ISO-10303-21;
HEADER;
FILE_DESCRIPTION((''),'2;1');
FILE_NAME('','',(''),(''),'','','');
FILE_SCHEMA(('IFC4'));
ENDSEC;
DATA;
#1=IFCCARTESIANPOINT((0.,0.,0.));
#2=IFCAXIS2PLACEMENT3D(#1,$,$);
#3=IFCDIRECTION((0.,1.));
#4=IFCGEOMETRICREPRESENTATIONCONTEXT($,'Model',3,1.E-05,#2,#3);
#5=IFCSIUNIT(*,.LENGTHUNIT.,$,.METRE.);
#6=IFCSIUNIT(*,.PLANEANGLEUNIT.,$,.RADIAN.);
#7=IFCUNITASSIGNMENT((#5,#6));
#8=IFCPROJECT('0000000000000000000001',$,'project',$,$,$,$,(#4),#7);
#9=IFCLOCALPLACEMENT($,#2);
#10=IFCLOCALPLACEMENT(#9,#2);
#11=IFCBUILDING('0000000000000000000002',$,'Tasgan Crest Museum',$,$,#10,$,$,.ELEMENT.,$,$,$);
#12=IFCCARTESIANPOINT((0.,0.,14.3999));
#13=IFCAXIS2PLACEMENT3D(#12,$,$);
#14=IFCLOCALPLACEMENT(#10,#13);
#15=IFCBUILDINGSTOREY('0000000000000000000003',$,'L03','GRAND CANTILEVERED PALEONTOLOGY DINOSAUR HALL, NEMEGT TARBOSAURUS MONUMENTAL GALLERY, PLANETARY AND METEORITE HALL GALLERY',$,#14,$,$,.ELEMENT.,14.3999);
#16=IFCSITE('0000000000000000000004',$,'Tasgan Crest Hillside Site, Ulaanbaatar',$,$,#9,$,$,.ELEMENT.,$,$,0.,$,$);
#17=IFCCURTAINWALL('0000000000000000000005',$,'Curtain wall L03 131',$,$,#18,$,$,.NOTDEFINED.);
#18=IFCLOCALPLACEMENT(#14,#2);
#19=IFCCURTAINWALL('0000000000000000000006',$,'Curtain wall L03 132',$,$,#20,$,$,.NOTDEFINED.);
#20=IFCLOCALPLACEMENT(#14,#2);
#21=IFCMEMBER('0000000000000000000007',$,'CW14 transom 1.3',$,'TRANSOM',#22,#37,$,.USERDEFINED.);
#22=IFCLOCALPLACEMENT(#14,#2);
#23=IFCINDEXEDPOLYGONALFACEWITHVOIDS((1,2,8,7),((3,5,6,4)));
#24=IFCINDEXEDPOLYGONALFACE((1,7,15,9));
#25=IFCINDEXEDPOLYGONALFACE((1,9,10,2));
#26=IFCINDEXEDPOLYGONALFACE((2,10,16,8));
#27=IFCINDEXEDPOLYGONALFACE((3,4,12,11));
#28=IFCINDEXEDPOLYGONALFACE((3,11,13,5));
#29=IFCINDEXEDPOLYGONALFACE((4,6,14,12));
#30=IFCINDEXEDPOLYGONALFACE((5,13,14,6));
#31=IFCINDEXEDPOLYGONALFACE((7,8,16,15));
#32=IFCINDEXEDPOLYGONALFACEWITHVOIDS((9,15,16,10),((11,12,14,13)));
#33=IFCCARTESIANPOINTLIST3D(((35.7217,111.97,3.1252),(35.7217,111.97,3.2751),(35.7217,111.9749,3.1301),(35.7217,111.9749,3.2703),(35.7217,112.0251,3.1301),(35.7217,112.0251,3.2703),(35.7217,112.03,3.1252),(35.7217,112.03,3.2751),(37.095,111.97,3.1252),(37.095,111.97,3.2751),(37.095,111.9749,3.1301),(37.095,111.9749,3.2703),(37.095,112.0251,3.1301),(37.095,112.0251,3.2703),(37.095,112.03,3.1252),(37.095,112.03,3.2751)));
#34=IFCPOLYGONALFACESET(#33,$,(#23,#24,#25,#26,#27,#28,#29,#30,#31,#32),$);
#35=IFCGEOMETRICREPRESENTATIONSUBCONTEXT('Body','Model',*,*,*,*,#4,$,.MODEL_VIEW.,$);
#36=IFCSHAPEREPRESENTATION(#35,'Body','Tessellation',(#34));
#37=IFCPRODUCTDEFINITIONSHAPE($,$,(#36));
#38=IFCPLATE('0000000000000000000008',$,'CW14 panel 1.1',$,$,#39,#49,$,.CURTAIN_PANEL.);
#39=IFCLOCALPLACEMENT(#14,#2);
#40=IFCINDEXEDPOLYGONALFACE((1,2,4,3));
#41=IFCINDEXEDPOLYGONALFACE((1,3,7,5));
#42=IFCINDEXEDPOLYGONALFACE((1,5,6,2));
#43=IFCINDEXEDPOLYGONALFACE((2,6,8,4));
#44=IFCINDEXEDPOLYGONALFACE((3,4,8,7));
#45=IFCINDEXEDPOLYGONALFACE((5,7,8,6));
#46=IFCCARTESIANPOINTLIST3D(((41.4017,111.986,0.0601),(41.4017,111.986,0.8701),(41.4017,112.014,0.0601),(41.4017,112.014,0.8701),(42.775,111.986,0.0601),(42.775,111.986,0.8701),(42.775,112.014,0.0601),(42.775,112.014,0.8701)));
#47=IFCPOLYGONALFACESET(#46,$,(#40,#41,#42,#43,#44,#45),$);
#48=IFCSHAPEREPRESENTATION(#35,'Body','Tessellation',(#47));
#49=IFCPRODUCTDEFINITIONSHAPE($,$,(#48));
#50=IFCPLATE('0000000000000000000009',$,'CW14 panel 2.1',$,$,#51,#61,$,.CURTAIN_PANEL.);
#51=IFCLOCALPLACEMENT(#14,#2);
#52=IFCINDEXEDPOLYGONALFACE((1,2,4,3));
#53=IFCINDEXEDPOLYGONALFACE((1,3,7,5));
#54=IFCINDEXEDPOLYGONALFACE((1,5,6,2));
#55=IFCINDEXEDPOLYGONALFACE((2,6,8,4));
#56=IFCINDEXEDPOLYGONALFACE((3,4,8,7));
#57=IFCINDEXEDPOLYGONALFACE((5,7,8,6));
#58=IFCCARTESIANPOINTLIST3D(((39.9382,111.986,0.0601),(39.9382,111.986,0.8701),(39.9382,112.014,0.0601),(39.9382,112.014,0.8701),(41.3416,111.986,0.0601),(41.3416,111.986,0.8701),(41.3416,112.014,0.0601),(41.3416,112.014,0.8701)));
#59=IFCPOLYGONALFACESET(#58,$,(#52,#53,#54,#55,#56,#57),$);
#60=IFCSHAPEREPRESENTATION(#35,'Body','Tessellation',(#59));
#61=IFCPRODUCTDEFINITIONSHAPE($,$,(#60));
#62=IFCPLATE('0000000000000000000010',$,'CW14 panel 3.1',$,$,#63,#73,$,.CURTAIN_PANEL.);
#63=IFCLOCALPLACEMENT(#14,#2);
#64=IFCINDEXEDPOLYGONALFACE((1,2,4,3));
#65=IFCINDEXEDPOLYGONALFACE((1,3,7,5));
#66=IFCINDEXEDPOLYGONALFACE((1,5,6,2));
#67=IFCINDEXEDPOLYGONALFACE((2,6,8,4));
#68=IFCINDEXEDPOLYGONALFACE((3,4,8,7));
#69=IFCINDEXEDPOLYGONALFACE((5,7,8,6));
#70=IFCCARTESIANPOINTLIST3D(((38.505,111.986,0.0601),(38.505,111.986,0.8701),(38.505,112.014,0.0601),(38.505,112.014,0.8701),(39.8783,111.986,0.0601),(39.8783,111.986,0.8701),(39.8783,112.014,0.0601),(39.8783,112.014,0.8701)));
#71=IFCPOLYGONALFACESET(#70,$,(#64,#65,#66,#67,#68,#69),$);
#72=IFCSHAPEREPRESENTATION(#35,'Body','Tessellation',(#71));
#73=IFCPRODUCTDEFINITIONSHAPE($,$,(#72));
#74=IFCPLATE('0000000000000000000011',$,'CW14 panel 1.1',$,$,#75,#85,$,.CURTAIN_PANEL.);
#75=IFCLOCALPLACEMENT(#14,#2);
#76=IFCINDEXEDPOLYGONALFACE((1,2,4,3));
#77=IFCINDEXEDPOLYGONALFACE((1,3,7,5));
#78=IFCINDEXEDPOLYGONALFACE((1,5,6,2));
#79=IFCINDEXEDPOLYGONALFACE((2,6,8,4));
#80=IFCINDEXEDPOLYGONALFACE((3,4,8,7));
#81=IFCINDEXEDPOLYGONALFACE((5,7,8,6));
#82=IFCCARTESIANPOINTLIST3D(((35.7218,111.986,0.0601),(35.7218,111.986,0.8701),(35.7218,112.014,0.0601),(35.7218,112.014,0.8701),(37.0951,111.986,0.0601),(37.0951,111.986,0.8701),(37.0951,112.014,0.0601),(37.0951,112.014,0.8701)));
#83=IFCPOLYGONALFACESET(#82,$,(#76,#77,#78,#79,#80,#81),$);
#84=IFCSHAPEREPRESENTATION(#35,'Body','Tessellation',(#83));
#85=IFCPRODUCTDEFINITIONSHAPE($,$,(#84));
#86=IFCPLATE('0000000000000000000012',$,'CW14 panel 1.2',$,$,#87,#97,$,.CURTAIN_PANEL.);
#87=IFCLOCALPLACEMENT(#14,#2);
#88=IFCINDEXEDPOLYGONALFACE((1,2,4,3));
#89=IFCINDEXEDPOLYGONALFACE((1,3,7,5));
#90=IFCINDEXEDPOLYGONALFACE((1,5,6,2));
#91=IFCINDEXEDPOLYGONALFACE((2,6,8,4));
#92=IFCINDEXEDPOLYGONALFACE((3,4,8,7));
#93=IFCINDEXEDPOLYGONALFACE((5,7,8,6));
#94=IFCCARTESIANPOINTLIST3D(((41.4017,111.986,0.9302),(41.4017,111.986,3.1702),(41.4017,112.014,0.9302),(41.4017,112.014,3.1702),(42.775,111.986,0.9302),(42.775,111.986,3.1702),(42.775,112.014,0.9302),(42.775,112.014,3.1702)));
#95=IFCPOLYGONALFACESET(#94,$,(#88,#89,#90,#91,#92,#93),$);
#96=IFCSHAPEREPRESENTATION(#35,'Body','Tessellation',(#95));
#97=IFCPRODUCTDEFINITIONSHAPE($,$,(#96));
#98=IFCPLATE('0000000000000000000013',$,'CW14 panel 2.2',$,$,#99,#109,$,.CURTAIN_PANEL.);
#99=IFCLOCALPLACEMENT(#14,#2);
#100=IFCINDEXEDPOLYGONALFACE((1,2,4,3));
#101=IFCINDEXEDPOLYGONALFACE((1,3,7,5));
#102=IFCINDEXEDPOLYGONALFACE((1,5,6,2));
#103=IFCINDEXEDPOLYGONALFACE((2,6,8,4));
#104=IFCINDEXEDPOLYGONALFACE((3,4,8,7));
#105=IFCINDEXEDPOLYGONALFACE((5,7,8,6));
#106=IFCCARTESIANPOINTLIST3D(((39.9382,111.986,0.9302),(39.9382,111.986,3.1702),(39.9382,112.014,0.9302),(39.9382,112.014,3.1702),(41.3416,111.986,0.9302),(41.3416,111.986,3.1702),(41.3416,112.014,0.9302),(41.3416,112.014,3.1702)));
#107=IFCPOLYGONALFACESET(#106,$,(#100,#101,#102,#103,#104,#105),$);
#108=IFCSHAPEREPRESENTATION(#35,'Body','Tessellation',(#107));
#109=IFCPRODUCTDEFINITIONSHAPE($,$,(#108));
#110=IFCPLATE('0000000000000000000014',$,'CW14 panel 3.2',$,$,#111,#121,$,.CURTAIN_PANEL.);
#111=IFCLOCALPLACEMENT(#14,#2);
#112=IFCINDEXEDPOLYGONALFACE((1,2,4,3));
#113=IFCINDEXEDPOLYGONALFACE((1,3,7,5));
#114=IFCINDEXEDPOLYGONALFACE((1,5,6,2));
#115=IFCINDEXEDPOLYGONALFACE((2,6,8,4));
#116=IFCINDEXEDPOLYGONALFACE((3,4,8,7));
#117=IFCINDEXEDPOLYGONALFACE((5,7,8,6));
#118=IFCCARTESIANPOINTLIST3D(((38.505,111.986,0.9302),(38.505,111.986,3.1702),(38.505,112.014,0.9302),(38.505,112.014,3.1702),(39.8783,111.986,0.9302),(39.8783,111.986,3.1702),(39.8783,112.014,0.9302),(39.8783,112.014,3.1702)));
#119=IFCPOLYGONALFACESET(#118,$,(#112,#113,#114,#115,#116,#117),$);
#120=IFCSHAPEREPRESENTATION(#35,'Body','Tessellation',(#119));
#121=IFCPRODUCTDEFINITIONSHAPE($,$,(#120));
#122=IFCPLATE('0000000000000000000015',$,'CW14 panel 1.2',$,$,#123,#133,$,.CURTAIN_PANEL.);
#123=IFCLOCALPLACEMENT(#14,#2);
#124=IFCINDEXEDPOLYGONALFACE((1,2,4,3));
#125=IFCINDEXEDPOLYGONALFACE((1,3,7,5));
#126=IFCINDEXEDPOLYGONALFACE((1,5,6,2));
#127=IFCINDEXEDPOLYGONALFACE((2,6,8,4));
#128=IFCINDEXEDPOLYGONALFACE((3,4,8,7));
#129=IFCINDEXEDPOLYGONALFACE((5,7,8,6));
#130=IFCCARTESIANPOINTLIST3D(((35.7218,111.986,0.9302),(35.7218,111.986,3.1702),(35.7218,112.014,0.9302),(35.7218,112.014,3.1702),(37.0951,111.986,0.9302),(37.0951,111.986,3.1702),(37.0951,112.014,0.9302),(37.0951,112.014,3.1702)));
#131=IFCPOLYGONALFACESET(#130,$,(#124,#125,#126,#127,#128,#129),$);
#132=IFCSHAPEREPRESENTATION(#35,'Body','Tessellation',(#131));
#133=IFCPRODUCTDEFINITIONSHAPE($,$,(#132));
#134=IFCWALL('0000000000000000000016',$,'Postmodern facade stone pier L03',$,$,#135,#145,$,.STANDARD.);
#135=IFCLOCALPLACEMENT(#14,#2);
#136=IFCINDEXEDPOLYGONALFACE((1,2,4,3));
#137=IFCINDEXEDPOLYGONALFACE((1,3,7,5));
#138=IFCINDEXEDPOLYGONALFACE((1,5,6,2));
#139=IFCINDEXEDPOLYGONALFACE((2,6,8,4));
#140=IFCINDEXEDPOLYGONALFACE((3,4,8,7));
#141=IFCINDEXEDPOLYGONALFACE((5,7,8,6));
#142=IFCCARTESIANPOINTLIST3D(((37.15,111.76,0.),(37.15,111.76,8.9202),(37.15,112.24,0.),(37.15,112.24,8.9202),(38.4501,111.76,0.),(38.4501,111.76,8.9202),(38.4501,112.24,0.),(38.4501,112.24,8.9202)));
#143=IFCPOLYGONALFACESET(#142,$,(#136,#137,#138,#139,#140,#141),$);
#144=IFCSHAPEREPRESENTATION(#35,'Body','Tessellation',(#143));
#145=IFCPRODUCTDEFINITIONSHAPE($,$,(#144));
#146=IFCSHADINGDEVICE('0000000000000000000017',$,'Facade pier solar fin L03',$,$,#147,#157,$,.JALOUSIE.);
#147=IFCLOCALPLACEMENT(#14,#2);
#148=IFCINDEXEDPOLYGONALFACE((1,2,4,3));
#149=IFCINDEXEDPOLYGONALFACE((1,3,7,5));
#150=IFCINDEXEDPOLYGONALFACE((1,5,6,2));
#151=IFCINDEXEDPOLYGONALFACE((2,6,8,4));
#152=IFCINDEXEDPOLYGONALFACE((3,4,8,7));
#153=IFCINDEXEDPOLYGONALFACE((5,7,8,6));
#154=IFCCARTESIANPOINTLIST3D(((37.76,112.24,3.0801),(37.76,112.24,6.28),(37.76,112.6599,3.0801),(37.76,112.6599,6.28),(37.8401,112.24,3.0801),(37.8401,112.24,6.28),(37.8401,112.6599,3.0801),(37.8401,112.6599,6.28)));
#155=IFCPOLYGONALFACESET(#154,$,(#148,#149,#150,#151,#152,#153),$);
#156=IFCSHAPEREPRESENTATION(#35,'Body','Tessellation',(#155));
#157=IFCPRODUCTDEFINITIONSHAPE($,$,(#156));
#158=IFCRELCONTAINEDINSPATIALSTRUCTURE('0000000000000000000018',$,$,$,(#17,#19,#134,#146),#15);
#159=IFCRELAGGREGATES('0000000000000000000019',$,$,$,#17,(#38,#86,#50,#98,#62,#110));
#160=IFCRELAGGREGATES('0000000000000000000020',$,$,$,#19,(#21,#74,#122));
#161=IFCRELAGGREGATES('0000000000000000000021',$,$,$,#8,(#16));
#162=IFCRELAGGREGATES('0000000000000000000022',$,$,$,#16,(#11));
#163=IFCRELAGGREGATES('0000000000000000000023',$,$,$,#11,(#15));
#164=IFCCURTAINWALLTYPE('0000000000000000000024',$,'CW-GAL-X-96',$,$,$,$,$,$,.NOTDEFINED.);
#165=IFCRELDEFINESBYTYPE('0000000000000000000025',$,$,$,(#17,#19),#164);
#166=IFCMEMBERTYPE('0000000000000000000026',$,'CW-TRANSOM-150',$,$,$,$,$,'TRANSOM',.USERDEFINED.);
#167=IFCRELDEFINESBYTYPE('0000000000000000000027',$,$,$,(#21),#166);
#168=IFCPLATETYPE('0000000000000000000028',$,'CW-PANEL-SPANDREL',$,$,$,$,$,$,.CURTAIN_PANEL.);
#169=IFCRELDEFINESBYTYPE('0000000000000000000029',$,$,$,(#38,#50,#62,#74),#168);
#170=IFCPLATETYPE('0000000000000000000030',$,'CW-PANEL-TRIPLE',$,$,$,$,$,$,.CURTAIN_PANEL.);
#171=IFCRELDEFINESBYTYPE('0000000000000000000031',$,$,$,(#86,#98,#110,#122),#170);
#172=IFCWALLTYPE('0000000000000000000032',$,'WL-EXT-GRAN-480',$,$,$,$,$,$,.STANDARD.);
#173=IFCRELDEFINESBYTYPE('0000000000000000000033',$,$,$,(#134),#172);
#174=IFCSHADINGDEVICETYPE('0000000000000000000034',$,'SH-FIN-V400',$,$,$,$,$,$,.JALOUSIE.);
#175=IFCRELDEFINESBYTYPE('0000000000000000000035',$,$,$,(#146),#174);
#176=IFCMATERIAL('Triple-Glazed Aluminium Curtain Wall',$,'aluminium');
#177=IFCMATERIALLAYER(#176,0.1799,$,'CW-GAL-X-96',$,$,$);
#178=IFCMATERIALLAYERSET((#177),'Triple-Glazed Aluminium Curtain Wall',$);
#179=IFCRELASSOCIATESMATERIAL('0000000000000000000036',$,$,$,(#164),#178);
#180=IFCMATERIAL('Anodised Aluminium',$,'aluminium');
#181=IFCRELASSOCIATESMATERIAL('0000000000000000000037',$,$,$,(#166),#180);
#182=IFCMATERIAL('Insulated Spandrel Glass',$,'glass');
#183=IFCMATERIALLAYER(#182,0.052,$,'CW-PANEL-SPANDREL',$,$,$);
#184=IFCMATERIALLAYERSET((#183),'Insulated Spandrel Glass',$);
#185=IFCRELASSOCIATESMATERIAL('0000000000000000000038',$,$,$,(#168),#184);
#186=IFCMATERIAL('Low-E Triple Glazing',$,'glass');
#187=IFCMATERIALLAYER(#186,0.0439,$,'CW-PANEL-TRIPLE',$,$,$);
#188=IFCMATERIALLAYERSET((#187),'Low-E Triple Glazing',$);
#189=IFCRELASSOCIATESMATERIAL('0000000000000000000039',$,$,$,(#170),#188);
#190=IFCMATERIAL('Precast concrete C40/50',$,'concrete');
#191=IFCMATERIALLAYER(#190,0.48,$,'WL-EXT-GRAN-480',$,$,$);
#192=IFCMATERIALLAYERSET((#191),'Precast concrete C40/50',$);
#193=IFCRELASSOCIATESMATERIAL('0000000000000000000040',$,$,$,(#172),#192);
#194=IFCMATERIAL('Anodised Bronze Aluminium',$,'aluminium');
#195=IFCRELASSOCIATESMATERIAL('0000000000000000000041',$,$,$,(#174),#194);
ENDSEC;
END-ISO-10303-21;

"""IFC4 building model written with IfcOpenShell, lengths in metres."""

from ifc_helpers import new_model, si_unit, direction, frame, frame_2d, origin, origin_2d, place, context, subcontext, project, spatial, rectangle, hollow_rectangle, extrude, material, layer, layer_set, material_profile, profile_set, type_object, element, aggregate, save


model = new_model("IFC4")

# Units and contexts
model_context = context("Model", 3, precision=1e-05, world=origin(), true_north=direction((0.0, 1.0)))
body_context = subcontext(model_context, "Body", "Model", "MODEL_VIEW")
ifc_project = project(units=[si_unit("LENGTHUNIT", "METRE"), si_unit("PLANEANGLEUNIT", "RADIAN")], contexts=[model_context])

# Site, building, storey
site_placement = place(None, origin())
site = spatial("IfcSite", under=ifc_project, at=site_placement, Name="Tasgan Crest Hillside Site, Ulaanbaatar", CompositionType="ELEMENT", RefElevation=0.0)
building_placement = place(site_placement, origin())
building = spatial("IfcBuilding", under=site, at=building_placement, Name="Tasgan Crest Museum", CompositionType="ELEMENT")
storey_placement = place(building_placement, frame((0.0, 0.0, 14.3999)))
storey = spatial("IfcBuildingStorey", under=building, at=storey_placement, Name="L03", Description="GRAND CANTILEVERED PALEONTOLOGY DINOSAUR HALL, NEMEGT TARBOSAURUS MONUMENTAL GALLERY, PLANETARY AND METEORITE HALL GALLERY", CompositionType="ELEMENT", Elevation=14.3999)

# Curtain walls
ifc_material_1 = material(Name="Triple-Glazed Aluminium Curtain Wall", Category="aluminium")
ifc_layer_1 = layer(ifc_material_1, 0.1799, Name="CW-GAL-X-96")
ifc_layer_set_1 = layer_set([ifc_layer_1], Name="Triple-Glazed Aluminium Curtain Wall")
curtain_wall_type = type_object("IfcCurtainWallType", Name="CW-GAL-X-96", PredefinedType="NOTDEFINED", material=ifc_layer_set_1)
curtain_wall_1_placement = place(storey_placement, origin())
curtain_wall_1 = element("IfcCurtainWall", 1, at=curtain_wall_1_placement, inside=storey, type_object=curtain_wall_type, Name="Curtain wall L03 131", PredefinedType="NOTDEFINED")
curtain_wall_2_placement = place(storey_placement, origin())
curtain_wall_2 = element("IfcCurtainWall", 2, at=curtain_wall_2_placement, inside=storey, type_object=curtain_wall_type, Name="Curtain wall L03 132", PredefinedType="NOTDEFINED")

# Member
ifc_material_2 = material(Name="Anodised Aluminium", Category="aluminium")
ifc_material_profile_1 = material_profile(ifc_material_2, hollow_rectangle(XDim=0.0601, YDim=0.1499, WallThickness=0.0049, at=origin_2d()), Name="ALU TRANSOM 150x60x5")
ifc_profile_set_1 = profile_set([ifc_material_profile_1], Name="Anodised Aluminium")
member_type_1 = type_object("IfcMemberType", Name="CW-TRANSOM-150", ElementType="TRANSOM", PredefinedType="USERDEFINED", material=ifc_profile_set_1)
member_1_placement = place(storey_placement, frame((37.095, 112.0, 3.2002), z_axis=(-1.0, 0.0, 0.0), x_axis=(0.0, -1.0, 0.0)))
member_1 = element("IfcMember", 3, at=member_1_placement, type_object=member_type_1, Name="CW14 transom 1.3", ObjectType="TRANSOM", PredefinedType="USERDEFINED", context=body_context, shape_type="SweptSolid", body=[
    extrude(hollow_rectangle(XDim=0.0601, YDim=0.1499, WallThickness=0.0049, at=origin_2d()), origin(), (0.0, 0.0, 1.0), 1.3733),
])

# Plates
ifc_material_3 = material(Name="Insulated Spandrel Glass", Category="glass")
ifc_layer_2 = layer(ifc_material_3, 0.052, Name="CW-PANEL-SPANDREL")
ifc_layer_set_2 = layer_set([ifc_layer_2], Name="Insulated Spandrel Glass")
plate_type_1 = type_object("IfcPlateType", Name="CW-PANEL-SPANDREL", PredefinedType="CURTAIN_PANEL", material=ifc_layer_set_2)
plate_1_placement = place(storey_placement, frame((42.0884, 112.0, 0.0601), z_axis=(0.0, 0.0, 1.0), x_axis=(-1.0, 0.0, 0.0)))
plate_1 = element("IfcPlate", 4, at=plate_1_placement, type_object=plate_type_1, Name="CW14 panel 1.1", PredefinedType="CURTAIN_PANEL", context=body_context, shape_type="SweptSolid", body=[
    extrude(rectangle(XDim=1.3733, YDim=0.0281, at=origin_2d()), origin(), (0.0, 0.0, 1.0), 0.8101),
])
plate_2_placement = place(storey_placement, frame((40.6399, 112.0, 0.0601), z_axis=(0.0, 0.0, 1.0), x_axis=(-1.0, 0.0, 0.0)))
plate_2 = element("IfcPlate", 5, at=plate_2_placement, type_object=plate_type_1, Name="CW14 panel 2.1", PredefinedType="CURTAIN_PANEL", context=body_context, shape_type="SweptSolid", body=[
    extrude(rectangle(XDim=1.4033, YDim=0.0281, at=origin_2d()), origin(), (0.0, 0.0, 1.0), 0.8101),
])
plate_3_placement = place(storey_placement, frame((39.1917, 112.0, 0.0601), z_axis=(0.0, 0.0, 1.0), x_axis=(-1.0, 0.0, 0.0)))
plate_3 = element("IfcPlate", 6, at=plate_3_placement, type_object=plate_type_1, Name="CW14 panel 3.1", PredefinedType="CURTAIN_PANEL", context=body_context, shape_type="SweptSolid", body=[
    extrude(rectangle(XDim=1.3733, YDim=0.0281, at=origin_2d()), origin(), (0.0, 0.0, 1.0), 0.8101),
])
plate_4_placement = place(storey_placement, frame((36.4084, 112.0, 0.0601), z_axis=(0.0, 0.0, 1.0), x_axis=(-1.0, 0.0, 0.0)))
plate_4 = element("IfcPlate", 7, at=plate_4_placement, type_object=plate_type_1, Name="CW14 panel 1.1", PredefinedType="CURTAIN_PANEL", context=body_context, shape_type="SweptSolid", body=[
    extrude(rectangle(XDim=1.3733, YDim=0.0281, at=origin_2d()), origin(), (0.0, 0.0, 1.0), 0.8101),
])
ifc_material_4 = material(Name="Low-E Triple Glazing", Category="glass")
ifc_layer_3 = layer(ifc_material_4, 0.0439, Name="CW-PANEL-TRIPLE")
ifc_layer_set_3 = layer_set([ifc_layer_3], Name="Low-E Triple Glazing")
plate_type_2 = type_object("IfcPlateType", Name="CW-PANEL-TRIPLE", PredefinedType="CURTAIN_PANEL", material=ifc_layer_set_3)
plate_5_placement = place(storey_placement, frame((42.0884, 112.0, 0.9302), z_axis=(0.0, 0.0, 1.0), x_axis=(-1.0, 0.0, 0.0)))
plate_5 = element("IfcPlate", 8, at=plate_5_placement, type_object=plate_type_2, Name="CW14 panel 1.2", PredefinedType="CURTAIN_PANEL", context=body_context, shape_type="SweptSolid", body=[
    extrude(rectangle(XDim=1.3733, YDim=0.0281, at=origin_2d()), origin(), (0.0, 0.0, 1.0), 2.24),
])
plate_6_placement = place(storey_placement, frame((40.6399, 112.0, 0.9302), z_axis=(0.0, 0.0, 1.0), x_axis=(-1.0, 0.0, 0.0)))
plate_6 = element("IfcPlate", 9, at=plate_6_placement, type_object=plate_type_2, Name="CW14 panel 2.2", PredefinedType="CURTAIN_PANEL", context=body_context, shape_type="SweptSolid", body=[
    extrude(rectangle(XDim=1.4033, YDim=0.0281, at=origin_2d()), origin(), (0.0, 0.0, 1.0), 2.24),
])
plate_7_placement = place(storey_placement, frame((39.1917, 112.0, 0.9302), z_axis=(0.0, 0.0, 1.0), x_axis=(-1.0, 0.0, 0.0)))
plate_7 = element("IfcPlate", 10, at=plate_7_placement, type_object=plate_type_2, Name="CW14 panel 3.2", PredefinedType="CURTAIN_PANEL", context=body_context, shape_type="SweptSolid", body=[
    extrude(rectangle(XDim=1.3733, YDim=0.0281, at=origin_2d()), origin(), (0.0, 0.0, 1.0), 2.24),
])
aggregate(curtain_wall_1, [plate_1, plate_5, plate_2, plate_6, plate_3, plate_7])
plate_8_placement = place(storey_placement, frame((36.4084, 112.0, 0.9302), z_axis=(0.0, 0.0, 1.0), x_axis=(-1.0, 0.0, 0.0)))
plate_8 = element("IfcPlate", 11, at=plate_8_placement, type_object=plate_type_2, Name="CW14 panel 1.2", PredefinedType="CURTAIN_PANEL", context=body_context, shape_type="SweptSolid", body=[
    extrude(rectangle(XDim=1.3733, YDim=0.0281, at=origin_2d()), origin(), (0.0, 0.0, 1.0), 2.24),
])
aggregate(curtain_wall_2, [member_1, plate_4, plate_8])

# Wall
ifc_material_5 = material(Name="Precast concrete C40/50", Category="concrete")
ifc_layer_4 = layer(ifc_material_5, 0.48, Name="WL-EXT-GRAN-480")
ifc_layer_set_4 = layer_set([ifc_layer_4], Name="Precast concrete C40/50")
wall_type = type_object("IfcWallType", Name="WL-EXT-GRAN-480", PredefinedType="STANDARD", material=ifc_layer_set_4)
wall_placement = place(storey_placement, frame((38.45, 112.0, 0.0), z_axis=(0.0, 0.0, 1.0), x_axis=(-1.0, 0.0, 0.0)))
element("IfcWall", 12, at=wall_placement, inside=storey, type_object=wall_type, Name="Postmodern facade stone pier L03", PredefinedType="STANDARD", context=body_context, shape_type="SweptSolid", body=[
    extrude(rectangle(XDim=1.3, YDim=0.48, at=frame_2d((0.6499, 0.0))), origin(), (0.0, 0.0, 1.0), 8.9202),
])

# Shading device
ifc_material_6 = material(Name="Anodised Bronze Aluminium", Category="aluminium")
shading_device_type = type_object("IfcShadingDeviceType", Name="SH-FIN-V400", PredefinedType="JALOUSIE", material=ifc_material_6)
shading_device_placement = place(storey_placement, frame((37.8, 112.45, 3.0801), z_axis=(0.0, 0.0, 1.0), x_axis=(-1.0, 0.0, 0.0)))
element("IfcShadingDevice", 13, at=shading_device_placement, inside=storey, type_object=shading_device_type, Name="Facade pier solar fin L03", PredefinedType="JALOUSIE", context=body_context, shape_type="SweptSolid", body=[
    extrude(rectangle(XDim=0.0801, YDim=0.4199, at=origin_2d()), origin(), (0.0, 0.0, 1.0), 3.2),
])

save(model, "model.ifc")
